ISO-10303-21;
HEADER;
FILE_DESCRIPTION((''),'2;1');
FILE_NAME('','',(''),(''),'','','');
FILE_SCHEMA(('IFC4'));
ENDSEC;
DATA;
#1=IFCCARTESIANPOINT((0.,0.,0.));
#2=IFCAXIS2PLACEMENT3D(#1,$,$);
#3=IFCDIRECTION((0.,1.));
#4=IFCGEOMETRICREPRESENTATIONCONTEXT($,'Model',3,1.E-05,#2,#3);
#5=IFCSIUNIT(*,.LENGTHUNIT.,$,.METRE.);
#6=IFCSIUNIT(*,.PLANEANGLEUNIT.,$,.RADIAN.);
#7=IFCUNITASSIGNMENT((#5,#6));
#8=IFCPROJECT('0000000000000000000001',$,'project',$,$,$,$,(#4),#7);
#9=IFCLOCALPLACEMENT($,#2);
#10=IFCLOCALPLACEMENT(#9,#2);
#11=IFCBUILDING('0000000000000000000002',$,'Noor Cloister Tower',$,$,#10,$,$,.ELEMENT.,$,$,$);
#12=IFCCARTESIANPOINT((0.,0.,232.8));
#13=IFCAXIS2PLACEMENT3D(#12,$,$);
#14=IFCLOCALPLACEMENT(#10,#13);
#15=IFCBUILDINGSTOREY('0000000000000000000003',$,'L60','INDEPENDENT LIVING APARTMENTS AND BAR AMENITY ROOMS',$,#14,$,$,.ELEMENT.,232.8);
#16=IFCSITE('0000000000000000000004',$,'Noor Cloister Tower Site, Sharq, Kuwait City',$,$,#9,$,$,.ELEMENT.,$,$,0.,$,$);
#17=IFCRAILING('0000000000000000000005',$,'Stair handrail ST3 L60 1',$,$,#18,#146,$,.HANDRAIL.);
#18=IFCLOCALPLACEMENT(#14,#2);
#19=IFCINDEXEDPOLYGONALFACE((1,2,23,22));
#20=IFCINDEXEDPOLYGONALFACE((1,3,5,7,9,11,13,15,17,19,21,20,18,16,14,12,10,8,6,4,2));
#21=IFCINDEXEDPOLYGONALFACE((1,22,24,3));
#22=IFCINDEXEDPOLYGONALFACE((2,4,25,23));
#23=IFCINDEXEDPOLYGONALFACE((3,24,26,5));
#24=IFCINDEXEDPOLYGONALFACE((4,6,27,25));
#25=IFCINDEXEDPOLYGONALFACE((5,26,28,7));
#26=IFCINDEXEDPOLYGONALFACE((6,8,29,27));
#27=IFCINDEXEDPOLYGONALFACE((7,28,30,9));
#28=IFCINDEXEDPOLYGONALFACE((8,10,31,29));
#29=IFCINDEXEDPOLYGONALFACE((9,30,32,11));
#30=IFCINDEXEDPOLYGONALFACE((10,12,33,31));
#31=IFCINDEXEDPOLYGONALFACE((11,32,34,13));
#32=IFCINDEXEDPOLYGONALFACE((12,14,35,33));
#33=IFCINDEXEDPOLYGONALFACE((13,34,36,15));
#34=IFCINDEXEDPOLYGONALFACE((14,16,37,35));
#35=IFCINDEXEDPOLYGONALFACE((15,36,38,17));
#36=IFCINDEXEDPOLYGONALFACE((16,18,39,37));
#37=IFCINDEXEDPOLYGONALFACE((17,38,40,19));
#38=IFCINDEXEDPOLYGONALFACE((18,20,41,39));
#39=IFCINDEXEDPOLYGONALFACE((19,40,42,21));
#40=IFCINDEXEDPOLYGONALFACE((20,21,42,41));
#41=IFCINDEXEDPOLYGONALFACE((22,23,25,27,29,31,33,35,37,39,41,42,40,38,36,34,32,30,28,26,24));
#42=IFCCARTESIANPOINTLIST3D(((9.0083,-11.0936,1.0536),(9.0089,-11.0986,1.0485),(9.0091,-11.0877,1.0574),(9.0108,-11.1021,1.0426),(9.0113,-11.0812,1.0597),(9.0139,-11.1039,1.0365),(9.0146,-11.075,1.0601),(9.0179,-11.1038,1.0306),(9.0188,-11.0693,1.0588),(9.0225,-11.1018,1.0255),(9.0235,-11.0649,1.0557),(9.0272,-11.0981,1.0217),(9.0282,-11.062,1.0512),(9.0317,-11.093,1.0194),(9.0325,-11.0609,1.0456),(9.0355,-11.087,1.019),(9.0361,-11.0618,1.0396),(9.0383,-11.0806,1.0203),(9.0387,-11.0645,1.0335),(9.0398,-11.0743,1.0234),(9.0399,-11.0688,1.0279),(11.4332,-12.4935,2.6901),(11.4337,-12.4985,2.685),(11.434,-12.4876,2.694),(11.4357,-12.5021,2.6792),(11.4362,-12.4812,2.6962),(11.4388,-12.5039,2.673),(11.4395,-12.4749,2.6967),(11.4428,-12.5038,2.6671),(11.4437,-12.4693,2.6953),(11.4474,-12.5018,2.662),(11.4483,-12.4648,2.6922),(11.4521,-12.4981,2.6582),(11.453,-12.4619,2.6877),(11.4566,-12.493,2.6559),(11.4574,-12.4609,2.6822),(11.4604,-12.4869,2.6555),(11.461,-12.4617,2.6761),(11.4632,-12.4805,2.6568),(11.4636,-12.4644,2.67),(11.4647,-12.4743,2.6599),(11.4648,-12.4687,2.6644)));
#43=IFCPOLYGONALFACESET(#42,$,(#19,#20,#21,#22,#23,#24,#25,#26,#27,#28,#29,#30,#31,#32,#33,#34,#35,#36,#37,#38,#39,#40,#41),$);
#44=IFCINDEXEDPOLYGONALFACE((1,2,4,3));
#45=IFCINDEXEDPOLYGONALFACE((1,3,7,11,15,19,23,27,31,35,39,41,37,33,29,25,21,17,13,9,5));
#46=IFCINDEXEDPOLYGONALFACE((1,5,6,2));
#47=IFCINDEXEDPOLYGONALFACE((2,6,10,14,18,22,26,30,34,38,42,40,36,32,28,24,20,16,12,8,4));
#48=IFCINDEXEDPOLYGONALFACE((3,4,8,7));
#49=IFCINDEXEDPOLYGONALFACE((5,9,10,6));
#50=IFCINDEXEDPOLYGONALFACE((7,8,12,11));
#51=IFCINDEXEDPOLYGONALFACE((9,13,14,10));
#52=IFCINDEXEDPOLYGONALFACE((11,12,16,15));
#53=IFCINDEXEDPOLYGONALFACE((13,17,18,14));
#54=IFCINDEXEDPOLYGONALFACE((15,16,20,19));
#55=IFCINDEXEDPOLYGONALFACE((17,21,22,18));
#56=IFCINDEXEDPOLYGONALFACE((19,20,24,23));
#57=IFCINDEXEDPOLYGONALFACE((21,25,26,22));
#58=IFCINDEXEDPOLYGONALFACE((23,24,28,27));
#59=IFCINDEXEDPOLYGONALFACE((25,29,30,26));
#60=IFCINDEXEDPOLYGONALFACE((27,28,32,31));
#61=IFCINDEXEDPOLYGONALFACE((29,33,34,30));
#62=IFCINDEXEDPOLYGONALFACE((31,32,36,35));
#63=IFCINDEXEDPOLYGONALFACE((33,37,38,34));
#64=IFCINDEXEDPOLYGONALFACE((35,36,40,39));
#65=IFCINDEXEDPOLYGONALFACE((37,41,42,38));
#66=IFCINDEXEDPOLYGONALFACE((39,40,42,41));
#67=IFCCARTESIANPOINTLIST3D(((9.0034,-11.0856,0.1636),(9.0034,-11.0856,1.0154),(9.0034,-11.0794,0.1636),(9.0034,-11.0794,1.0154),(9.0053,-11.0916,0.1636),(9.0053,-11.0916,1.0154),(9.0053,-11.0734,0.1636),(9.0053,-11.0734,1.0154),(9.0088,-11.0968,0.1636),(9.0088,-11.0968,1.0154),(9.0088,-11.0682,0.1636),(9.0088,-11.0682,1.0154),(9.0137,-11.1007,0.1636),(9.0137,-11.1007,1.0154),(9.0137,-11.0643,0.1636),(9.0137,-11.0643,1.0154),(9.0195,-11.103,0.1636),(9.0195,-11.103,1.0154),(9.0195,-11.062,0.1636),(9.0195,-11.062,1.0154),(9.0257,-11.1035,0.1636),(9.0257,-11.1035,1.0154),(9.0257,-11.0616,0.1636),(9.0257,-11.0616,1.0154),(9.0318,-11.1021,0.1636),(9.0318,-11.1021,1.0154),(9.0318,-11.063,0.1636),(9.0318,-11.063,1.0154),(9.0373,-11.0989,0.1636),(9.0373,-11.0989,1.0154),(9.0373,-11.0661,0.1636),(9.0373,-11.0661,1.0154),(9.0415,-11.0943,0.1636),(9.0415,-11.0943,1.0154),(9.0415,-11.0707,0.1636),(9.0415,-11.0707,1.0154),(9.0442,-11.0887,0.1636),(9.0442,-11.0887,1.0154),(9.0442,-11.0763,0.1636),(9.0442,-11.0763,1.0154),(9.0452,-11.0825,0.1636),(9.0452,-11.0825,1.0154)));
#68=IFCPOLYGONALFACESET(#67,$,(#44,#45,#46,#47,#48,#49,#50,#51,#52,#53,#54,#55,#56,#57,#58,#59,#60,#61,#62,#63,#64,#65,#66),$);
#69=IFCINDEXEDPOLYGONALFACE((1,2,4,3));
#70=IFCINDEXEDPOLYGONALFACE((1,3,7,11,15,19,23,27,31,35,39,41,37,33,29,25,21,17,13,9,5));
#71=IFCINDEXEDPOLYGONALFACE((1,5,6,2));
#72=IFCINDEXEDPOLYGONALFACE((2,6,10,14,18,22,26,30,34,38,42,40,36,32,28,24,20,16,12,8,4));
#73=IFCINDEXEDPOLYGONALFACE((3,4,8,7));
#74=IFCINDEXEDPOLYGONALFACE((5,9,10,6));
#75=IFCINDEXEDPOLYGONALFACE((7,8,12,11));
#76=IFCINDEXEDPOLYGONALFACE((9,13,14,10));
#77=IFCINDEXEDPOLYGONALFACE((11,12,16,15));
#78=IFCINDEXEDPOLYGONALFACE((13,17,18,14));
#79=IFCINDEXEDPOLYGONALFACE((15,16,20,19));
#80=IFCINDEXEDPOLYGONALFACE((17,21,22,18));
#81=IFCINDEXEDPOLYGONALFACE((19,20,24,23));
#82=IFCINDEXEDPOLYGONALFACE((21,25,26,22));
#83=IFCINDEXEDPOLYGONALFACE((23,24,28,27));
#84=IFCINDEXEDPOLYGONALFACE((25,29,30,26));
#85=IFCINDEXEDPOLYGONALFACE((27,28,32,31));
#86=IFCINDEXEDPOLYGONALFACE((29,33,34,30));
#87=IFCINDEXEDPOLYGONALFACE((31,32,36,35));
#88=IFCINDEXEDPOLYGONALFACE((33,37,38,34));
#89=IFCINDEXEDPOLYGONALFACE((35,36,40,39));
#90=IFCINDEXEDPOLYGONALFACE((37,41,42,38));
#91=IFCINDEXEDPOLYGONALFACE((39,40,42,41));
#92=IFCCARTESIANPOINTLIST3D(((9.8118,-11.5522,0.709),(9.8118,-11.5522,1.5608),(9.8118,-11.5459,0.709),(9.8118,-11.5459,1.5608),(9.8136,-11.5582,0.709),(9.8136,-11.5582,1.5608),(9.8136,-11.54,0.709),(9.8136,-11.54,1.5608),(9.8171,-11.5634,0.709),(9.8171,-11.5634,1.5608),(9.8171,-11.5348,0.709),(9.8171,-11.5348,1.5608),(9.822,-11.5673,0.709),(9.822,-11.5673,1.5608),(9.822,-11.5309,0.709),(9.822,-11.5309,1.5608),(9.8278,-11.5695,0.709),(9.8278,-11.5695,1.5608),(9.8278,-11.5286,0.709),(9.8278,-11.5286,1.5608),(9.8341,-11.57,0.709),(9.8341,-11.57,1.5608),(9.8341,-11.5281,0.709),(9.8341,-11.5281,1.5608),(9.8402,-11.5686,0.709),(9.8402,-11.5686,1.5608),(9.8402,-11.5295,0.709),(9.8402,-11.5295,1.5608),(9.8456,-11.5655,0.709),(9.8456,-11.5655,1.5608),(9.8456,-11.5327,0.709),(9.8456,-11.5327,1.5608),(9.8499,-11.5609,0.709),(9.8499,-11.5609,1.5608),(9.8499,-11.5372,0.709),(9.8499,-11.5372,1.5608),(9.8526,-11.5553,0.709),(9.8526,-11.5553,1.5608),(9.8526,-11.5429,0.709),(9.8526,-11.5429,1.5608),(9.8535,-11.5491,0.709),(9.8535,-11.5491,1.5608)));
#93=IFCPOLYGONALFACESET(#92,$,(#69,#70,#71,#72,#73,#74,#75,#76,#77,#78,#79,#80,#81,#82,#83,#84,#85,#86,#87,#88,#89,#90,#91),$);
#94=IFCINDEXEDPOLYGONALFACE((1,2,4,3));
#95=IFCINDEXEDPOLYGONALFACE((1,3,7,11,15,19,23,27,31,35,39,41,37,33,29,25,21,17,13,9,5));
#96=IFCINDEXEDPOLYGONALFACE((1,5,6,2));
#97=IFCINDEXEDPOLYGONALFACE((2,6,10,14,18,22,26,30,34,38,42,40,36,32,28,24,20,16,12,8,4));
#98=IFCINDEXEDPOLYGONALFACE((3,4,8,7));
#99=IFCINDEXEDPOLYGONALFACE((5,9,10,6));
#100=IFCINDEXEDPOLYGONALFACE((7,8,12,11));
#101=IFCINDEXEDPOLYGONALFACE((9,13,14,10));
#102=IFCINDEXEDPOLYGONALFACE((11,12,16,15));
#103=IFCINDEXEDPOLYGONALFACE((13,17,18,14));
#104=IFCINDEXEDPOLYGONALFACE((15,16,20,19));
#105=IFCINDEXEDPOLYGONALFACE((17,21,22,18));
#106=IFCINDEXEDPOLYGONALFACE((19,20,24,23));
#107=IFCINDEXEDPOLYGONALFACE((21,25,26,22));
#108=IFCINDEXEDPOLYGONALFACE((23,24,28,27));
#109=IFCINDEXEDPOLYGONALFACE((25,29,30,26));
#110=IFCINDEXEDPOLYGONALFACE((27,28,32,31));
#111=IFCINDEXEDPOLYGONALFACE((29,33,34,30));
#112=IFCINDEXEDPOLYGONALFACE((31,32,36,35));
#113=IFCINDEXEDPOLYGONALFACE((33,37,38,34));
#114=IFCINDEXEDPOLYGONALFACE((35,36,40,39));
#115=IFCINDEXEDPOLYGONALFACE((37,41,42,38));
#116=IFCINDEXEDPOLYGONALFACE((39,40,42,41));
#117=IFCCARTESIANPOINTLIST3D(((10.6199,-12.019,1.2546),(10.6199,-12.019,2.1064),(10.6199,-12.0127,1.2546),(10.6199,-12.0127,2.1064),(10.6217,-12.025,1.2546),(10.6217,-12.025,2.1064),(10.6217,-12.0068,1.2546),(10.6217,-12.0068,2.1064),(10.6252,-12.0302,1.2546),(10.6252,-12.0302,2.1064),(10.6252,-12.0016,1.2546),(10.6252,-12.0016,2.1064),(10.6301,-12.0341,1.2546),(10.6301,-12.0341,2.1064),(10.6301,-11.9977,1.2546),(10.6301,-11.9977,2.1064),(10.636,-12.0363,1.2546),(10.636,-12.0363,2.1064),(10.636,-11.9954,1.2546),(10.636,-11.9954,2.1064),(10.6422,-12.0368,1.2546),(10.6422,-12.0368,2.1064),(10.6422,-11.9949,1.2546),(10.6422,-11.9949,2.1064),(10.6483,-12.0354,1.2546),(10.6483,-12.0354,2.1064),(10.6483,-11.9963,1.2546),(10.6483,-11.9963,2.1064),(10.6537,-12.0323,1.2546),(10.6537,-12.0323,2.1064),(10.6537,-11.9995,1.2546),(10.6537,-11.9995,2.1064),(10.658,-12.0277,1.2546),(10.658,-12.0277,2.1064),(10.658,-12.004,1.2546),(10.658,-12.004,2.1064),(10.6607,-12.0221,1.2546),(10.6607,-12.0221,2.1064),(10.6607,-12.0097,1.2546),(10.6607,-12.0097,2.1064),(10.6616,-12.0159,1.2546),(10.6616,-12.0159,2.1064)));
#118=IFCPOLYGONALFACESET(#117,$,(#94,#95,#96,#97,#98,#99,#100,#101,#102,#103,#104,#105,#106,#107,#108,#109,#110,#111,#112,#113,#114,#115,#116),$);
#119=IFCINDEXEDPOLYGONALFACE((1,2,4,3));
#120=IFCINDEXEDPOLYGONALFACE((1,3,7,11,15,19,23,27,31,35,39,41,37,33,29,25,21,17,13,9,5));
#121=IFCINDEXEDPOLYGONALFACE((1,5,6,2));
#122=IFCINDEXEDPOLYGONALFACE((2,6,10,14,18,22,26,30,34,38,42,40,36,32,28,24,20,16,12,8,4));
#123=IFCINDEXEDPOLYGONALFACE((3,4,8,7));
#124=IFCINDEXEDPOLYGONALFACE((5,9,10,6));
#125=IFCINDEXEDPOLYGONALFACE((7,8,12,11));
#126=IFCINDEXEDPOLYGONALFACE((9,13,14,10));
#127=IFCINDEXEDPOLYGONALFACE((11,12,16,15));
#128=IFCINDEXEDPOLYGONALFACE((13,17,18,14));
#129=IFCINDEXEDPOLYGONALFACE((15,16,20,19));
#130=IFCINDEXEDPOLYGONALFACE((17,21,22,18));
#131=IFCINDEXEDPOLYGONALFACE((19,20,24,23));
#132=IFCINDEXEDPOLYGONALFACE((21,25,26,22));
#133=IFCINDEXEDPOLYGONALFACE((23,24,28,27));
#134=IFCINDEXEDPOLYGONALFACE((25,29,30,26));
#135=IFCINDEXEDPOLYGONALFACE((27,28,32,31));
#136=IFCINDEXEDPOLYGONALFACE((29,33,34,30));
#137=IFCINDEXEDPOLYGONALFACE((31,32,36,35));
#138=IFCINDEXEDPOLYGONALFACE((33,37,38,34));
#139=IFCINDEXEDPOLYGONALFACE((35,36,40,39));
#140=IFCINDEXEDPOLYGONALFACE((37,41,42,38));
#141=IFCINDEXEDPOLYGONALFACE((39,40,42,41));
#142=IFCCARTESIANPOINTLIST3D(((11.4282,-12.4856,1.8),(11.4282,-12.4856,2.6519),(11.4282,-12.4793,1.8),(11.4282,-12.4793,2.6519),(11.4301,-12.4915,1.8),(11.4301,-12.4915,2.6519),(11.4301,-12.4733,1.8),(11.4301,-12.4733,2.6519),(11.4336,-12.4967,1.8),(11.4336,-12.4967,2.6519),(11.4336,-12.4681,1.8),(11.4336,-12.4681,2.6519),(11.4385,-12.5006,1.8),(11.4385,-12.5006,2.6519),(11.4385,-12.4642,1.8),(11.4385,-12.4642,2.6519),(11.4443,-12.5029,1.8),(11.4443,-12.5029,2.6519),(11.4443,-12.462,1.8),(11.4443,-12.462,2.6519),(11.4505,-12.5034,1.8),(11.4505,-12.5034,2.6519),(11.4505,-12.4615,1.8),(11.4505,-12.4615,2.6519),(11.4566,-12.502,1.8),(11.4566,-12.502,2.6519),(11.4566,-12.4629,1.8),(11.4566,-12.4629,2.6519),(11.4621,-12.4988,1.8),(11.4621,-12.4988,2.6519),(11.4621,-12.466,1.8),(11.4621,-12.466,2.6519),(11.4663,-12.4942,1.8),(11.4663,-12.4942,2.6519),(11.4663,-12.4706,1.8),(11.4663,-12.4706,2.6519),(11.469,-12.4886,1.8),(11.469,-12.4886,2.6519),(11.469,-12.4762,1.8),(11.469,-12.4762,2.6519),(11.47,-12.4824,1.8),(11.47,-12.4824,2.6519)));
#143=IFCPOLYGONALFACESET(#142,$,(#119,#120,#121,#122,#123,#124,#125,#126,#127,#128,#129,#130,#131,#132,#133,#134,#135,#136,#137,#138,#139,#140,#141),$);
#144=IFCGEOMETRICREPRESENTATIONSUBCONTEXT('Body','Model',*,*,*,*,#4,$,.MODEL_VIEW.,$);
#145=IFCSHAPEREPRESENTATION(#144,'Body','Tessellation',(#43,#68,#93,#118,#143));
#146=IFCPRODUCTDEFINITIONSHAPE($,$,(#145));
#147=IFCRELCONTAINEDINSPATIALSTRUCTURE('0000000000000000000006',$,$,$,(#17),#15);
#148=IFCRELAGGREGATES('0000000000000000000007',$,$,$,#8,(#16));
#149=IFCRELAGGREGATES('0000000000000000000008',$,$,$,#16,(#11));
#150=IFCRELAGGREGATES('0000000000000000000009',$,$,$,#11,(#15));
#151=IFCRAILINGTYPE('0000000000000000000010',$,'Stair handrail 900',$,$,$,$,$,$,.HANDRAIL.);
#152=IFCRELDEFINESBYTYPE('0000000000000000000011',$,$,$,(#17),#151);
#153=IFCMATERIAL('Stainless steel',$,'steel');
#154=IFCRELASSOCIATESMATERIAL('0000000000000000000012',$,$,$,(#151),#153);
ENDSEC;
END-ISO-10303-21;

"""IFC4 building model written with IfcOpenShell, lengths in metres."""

from ifc_helpers import new_model, si_unit, direction, frame, origin, origin_2d, place, context, subcontext, project, spatial, circle, extrude, material, type_object, element, save


model = new_model("IFC4")

# Units and contexts
model_context = context("Model", 3, precision=1e-05, world=origin(), true_north=direction((0.0, 1.0)))
body_context = subcontext(model_context, "Body", "Model", "MODEL_VIEW")
ifc_project = project(units=[si_unit("LENGTHUNIT", "METRE"), si_unit("PLANEANGLEUNIT", "RADIAN")], contexts=[model_context])

# Site, building, storey
site_placement = place(None, origin())
site = spatial("IfcSite", under=ifc_project, at=site_placement, Name="Noor Cloister Tower Site, Sharq, Kuwait City", CompositionType="ELEMENT", RefElevation=0.0)
building_placement = place(site_placement, origin())
building = spatial("IfcBuilding", under=site, at=building_placement, Name="Noor Cloister Tower", CompositionType="ELEMENT")
storey_placement = place(building_placement, frame((0.0, 0.0, 232.8)))
storey = spatial("IfcBuildingStorey", under=building, at=storey_placement, Name="L60", Description="INDEPENDENT LIVING APARTMENTS AND BAR AMENITY ROOMS", CompositionType="ELEMENT", Elevation=232.8)

# Railing
ifc_material_1 = material(Name="Stainless steel", Category="steel")
railing_type_1 = type_object("IfcRailingType", Name="Stair handrail 900", PredefinedType="HANDRAIL", material=ifc_material_1)
railing_1_placement = place(storey_placement, frame((9.0242, -11.0825, 0.1636)))
element("IfcRailing", 1, at=railing_1_placement, inside=storey, type_object=railing_type_1, Name="Stair handrail ST3 L60 1", PredefinedType="HANDRAIL", context=body_context, shape_type="SweptSolid", body=[
    extrude(circle(Radius=0.0239, at=origin_2d()), frame((0.0, 0.0, 0.876), z_axis=(0.74769, -0.431661, 0.504608), x_axis=(0.499984, 0.866035, 0.0)), (0.0, 0.0, 1.0), 3.2432),
    extrude(circle(Radius=0.021, at=origin_2d()), origin(), (0.0, 0.0, 1.0), 0.8518),
    extrude(circle(Radius=0.021, at=origin_2d()), frame((0.8083, -0.4666, 0.5454)), (0.0, 0.0, 1.0), 0.8518),
    extrude(circle(Radius=0.021, at=origin_2d()), frame((1.6165, -0.9333, 1.0911)), (0.0, 0.0, 1.0), 0.8518),
    extrude(circle(Radius=0.021, at=origin_2d()), frame((2.4248, -1.3999, 1.6365)), (0.0, 0.0, 1.0), 0.8518),
])

save(model, "model.ifc")
